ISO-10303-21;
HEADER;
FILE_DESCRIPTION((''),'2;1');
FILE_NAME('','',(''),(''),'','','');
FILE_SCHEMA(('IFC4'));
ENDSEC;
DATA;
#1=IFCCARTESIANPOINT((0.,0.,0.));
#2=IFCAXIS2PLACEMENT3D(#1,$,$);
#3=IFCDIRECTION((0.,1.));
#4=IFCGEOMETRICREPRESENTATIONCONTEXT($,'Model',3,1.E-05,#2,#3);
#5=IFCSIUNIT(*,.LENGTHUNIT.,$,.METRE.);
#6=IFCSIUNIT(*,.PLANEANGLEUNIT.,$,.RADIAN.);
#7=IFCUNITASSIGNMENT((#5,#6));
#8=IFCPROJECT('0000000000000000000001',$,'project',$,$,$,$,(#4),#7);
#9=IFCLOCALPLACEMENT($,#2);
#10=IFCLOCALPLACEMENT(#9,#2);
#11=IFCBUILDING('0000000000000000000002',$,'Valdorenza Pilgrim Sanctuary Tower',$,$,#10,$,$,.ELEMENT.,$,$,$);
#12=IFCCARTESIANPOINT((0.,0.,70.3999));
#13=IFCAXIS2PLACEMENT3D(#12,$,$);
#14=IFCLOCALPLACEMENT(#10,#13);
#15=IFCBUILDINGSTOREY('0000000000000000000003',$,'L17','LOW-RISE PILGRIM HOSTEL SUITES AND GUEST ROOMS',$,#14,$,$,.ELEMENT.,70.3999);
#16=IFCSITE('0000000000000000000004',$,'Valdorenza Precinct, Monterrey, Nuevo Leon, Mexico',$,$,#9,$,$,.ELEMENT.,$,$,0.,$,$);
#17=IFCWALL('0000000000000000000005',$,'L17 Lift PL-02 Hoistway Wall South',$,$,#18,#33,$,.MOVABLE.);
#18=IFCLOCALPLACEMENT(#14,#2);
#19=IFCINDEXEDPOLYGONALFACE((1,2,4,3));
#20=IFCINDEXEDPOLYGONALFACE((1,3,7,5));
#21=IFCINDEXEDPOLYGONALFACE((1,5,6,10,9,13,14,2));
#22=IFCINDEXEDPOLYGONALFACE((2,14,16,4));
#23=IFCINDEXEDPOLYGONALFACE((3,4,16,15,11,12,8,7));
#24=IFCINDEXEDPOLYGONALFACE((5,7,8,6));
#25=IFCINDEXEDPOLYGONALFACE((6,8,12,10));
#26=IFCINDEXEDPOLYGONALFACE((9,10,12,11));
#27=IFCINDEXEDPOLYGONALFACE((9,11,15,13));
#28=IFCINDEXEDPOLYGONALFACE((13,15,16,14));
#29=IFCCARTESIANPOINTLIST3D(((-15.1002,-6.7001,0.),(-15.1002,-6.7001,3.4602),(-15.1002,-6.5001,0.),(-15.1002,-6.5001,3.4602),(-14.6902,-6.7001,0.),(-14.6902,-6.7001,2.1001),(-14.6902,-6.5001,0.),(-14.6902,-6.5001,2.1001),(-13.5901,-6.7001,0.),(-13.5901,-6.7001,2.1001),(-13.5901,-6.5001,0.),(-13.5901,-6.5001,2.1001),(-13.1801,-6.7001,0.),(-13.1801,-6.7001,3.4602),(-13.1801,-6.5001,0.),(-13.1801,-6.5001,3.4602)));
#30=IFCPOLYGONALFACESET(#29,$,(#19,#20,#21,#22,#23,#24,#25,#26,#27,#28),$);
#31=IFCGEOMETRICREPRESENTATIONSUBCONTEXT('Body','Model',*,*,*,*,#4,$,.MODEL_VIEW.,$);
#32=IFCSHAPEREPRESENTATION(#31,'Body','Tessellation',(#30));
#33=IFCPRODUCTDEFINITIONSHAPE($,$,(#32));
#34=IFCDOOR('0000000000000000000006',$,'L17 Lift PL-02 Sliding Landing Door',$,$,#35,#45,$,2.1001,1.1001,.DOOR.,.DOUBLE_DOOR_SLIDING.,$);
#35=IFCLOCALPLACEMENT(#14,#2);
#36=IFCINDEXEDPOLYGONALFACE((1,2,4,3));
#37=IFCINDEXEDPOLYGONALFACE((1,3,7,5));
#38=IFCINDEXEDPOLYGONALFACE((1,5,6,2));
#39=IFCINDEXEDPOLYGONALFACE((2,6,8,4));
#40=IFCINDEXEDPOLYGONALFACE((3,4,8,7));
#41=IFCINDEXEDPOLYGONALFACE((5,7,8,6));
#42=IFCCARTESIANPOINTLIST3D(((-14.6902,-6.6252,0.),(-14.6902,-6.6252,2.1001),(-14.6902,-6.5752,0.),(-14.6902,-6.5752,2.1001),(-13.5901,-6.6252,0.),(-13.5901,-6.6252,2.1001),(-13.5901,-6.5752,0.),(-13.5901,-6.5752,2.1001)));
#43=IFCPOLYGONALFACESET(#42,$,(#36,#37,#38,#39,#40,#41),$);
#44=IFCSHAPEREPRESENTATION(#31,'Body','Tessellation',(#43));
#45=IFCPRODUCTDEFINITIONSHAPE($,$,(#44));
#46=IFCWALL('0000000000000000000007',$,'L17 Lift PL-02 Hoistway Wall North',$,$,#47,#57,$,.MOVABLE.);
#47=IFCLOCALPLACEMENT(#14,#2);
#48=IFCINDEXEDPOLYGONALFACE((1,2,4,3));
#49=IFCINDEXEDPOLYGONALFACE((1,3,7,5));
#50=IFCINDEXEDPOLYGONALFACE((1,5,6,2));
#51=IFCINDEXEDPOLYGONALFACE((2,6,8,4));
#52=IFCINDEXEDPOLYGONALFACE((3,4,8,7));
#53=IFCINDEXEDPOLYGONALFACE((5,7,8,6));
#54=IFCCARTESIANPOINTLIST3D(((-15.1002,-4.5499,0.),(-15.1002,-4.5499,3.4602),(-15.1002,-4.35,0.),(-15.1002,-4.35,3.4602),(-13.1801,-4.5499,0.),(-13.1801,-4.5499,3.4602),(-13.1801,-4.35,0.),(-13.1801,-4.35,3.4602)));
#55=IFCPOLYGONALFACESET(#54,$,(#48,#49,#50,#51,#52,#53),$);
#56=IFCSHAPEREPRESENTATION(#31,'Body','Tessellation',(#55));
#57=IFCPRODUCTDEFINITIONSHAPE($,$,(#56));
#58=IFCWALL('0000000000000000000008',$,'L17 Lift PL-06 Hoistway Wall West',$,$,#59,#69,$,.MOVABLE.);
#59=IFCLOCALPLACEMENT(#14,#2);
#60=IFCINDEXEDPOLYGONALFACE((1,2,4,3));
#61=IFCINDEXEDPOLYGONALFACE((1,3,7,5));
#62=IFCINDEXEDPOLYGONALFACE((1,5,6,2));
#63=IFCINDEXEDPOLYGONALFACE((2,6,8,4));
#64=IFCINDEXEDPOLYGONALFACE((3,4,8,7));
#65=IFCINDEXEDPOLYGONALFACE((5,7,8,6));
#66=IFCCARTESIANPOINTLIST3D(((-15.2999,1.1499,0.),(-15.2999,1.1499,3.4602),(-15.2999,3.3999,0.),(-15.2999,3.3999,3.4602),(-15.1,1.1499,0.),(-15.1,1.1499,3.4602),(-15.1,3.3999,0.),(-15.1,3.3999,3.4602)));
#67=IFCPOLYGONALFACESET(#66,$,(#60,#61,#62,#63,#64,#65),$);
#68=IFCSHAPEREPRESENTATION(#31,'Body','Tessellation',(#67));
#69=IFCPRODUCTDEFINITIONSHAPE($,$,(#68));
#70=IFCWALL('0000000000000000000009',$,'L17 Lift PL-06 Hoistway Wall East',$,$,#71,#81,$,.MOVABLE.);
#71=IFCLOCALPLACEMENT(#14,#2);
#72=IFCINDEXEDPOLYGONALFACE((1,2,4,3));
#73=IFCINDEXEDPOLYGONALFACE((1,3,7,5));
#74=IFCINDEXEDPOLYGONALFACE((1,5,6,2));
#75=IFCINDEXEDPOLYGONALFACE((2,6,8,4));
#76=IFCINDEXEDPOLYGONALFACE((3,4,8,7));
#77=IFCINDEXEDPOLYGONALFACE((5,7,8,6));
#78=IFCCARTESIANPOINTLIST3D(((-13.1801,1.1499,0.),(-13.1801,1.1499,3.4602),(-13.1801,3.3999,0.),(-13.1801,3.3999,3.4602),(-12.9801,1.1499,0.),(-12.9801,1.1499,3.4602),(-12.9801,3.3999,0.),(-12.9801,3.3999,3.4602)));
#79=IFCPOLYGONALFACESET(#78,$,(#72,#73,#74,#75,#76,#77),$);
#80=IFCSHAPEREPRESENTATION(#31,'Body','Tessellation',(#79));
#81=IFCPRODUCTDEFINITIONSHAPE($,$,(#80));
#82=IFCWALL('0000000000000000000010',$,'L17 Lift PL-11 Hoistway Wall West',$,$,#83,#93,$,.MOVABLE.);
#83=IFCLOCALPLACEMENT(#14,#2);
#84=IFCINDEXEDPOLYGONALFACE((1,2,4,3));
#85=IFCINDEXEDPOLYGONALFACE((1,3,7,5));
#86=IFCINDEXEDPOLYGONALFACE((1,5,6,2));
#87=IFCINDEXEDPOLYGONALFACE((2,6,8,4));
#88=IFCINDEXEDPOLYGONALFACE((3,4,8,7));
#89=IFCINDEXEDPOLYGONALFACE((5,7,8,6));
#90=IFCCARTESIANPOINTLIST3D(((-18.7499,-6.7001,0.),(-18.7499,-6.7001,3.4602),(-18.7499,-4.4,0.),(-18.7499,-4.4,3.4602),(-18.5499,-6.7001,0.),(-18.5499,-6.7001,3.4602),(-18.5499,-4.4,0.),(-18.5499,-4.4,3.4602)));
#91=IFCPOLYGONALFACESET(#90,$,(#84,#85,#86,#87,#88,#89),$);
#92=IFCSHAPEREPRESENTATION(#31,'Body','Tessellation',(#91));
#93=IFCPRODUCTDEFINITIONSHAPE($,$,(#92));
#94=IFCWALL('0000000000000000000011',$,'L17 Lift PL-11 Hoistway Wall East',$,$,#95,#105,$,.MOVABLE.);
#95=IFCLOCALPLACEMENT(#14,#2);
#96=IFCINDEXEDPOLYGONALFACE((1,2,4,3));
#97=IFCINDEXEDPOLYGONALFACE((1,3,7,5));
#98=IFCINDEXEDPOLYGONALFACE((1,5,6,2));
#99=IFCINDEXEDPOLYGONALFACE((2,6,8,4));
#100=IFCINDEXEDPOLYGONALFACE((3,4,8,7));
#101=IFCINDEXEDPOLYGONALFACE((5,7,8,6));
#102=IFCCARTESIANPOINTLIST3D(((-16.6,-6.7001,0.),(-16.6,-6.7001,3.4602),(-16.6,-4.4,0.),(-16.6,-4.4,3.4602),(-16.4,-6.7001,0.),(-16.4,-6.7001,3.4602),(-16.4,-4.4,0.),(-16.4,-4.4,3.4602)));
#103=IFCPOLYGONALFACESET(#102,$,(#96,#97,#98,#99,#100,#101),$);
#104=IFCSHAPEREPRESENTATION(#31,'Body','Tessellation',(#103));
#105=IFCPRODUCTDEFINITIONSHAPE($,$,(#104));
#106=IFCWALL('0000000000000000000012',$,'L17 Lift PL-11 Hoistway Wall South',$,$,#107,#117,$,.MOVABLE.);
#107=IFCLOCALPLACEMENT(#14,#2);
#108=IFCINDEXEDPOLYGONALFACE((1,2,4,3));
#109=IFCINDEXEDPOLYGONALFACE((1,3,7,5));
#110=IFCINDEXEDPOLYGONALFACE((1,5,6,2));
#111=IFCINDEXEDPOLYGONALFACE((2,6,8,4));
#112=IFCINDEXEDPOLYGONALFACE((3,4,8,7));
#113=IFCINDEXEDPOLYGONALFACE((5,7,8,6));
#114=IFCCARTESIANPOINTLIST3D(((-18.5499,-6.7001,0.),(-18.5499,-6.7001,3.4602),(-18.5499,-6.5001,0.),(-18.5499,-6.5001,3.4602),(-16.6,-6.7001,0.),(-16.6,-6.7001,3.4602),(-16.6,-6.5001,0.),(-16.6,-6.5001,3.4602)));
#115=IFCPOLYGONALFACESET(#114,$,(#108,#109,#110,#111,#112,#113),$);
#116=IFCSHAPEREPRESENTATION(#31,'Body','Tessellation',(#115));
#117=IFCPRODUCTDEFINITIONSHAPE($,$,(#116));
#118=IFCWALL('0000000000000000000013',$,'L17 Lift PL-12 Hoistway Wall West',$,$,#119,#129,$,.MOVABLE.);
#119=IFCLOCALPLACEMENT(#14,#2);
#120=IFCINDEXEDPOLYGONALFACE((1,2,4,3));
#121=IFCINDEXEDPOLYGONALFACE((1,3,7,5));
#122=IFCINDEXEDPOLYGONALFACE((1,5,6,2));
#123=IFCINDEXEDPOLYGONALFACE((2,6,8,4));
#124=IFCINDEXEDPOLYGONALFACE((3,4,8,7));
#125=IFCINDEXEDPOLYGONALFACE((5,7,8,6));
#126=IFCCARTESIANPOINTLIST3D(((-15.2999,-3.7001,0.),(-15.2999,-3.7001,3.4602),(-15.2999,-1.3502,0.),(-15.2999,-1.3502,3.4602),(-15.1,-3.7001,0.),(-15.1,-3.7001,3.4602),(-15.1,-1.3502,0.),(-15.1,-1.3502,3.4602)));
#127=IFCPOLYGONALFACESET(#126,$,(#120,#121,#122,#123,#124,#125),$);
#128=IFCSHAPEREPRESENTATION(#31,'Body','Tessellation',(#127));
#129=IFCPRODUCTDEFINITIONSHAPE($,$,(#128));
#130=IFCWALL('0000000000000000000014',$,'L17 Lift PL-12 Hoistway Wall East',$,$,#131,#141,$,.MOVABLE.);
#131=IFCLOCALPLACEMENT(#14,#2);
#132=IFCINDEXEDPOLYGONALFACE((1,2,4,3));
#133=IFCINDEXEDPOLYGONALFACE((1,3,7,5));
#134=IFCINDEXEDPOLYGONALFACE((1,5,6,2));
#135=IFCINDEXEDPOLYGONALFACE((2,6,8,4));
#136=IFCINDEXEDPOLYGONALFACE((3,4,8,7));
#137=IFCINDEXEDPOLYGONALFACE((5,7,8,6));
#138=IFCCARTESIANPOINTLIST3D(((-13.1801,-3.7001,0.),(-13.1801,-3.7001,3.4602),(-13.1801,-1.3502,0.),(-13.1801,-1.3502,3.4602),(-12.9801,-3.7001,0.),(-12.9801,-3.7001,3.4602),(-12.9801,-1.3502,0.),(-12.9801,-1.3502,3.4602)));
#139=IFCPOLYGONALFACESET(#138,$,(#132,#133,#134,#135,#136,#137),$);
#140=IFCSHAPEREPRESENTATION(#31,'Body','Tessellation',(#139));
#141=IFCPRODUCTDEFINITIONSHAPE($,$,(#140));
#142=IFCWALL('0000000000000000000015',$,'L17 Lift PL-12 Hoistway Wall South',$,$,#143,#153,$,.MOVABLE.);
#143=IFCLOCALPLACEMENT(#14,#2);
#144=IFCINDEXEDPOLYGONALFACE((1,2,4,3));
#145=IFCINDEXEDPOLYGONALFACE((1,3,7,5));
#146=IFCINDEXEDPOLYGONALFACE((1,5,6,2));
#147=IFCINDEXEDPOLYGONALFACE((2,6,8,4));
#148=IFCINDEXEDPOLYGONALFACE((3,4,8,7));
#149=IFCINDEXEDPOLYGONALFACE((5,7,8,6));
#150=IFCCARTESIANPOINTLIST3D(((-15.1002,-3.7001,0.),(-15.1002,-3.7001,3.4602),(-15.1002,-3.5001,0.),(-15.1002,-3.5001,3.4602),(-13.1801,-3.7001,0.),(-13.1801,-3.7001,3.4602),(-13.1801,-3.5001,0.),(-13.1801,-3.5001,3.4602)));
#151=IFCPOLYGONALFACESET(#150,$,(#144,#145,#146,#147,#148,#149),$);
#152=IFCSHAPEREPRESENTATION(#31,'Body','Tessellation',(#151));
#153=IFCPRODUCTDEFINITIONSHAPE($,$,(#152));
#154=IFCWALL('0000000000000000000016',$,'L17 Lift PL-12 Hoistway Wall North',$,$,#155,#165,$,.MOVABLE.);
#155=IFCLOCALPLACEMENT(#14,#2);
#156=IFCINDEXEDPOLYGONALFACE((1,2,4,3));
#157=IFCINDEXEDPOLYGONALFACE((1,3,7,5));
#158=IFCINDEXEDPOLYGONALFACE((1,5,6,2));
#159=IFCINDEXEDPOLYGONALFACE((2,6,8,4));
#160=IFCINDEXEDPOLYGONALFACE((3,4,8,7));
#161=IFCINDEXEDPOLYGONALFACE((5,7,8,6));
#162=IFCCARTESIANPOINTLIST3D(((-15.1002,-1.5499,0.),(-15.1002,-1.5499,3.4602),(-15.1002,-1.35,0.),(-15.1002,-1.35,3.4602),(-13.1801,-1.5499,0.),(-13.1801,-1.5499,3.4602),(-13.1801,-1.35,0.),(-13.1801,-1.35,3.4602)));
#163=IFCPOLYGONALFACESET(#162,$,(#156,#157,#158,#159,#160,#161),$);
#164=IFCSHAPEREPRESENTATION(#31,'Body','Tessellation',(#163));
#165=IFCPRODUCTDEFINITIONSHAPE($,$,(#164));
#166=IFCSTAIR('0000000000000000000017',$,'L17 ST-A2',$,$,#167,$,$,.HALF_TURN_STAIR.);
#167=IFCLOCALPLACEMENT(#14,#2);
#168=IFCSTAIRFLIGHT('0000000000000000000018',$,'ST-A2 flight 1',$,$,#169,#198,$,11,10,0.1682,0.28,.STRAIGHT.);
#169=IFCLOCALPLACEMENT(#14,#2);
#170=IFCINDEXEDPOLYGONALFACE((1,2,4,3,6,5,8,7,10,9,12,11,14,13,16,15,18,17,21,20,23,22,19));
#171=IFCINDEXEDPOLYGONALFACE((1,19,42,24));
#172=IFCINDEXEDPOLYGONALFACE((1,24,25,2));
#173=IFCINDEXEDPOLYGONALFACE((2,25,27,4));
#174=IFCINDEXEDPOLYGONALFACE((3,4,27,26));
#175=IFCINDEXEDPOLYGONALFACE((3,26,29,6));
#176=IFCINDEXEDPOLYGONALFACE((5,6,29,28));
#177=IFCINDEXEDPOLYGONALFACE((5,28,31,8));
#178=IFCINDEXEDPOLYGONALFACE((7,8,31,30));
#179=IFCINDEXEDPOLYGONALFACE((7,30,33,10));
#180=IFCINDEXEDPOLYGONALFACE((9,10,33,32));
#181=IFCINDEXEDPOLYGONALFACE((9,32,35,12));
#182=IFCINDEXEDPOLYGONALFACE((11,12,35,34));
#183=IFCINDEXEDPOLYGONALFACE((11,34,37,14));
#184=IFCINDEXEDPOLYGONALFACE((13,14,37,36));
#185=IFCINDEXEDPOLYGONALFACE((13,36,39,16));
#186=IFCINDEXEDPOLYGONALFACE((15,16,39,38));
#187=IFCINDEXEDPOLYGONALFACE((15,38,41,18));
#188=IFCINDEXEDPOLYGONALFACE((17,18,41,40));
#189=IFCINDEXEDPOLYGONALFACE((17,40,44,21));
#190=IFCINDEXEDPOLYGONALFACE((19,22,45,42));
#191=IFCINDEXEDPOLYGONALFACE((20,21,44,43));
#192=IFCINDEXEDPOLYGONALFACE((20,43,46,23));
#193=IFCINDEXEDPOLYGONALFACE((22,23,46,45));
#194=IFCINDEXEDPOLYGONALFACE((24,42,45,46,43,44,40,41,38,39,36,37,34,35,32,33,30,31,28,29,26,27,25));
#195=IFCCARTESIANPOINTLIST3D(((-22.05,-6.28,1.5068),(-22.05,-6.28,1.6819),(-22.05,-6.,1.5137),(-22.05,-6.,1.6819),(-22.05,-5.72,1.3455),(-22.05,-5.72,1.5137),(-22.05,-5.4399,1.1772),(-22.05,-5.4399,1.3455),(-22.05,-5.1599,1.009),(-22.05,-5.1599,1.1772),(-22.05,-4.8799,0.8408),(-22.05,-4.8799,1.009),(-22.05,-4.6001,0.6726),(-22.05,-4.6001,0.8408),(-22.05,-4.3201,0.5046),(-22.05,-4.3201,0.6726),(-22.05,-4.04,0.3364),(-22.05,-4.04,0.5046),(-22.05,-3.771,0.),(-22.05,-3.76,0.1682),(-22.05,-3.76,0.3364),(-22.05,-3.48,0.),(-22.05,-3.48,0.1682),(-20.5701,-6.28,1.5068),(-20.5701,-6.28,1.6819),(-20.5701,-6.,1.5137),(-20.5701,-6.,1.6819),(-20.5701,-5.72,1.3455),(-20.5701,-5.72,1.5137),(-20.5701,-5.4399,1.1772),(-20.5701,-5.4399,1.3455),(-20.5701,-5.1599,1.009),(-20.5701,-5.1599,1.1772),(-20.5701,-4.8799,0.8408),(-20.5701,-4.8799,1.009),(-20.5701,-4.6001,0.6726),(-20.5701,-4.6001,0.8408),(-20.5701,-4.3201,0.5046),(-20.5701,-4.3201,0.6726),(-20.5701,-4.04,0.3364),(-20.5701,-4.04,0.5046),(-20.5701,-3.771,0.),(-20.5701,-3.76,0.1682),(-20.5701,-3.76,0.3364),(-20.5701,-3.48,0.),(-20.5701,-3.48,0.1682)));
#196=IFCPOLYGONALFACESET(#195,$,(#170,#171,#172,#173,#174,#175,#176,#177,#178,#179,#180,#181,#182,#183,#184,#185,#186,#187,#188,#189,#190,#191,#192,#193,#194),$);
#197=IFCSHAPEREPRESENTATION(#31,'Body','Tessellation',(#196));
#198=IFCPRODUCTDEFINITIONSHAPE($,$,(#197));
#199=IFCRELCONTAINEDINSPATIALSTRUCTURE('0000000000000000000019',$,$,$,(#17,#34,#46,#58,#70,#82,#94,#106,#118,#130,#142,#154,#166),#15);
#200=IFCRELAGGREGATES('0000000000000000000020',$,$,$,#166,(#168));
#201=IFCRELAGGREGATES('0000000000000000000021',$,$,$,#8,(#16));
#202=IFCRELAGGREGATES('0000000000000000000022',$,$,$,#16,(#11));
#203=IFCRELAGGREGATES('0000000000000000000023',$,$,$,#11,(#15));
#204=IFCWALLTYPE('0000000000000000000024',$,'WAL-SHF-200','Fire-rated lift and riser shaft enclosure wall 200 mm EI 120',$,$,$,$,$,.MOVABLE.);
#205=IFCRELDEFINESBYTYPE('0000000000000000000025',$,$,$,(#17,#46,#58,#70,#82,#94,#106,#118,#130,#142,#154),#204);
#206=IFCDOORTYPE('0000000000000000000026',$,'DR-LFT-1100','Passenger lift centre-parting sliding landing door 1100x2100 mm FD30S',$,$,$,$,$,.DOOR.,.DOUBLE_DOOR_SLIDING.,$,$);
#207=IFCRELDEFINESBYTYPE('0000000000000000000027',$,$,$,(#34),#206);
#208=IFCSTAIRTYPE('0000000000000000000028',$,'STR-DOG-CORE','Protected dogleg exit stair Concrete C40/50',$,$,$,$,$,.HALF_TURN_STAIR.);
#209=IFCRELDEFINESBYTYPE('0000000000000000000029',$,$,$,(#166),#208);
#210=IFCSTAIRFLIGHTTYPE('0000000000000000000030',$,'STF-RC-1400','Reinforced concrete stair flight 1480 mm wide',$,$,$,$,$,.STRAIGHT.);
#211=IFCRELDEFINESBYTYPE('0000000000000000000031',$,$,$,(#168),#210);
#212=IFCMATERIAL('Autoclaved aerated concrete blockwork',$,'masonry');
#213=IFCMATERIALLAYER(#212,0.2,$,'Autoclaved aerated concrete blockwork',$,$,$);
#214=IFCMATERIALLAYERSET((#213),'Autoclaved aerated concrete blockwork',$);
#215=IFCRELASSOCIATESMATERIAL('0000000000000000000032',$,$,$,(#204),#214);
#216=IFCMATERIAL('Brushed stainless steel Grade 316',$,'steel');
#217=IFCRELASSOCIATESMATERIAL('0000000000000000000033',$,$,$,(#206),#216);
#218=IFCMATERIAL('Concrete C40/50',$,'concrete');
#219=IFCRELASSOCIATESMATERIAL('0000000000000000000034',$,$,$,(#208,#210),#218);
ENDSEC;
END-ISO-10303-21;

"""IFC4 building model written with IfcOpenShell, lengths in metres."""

from ifc_helpers import new_model, si_unit, direction, frame, frame_2d, origin, place, context, subcontext, project, spatial, polyline, rectangle, outline, extrude, material, layer, layer_set, type_object, element, fill, aggregate, save


model = new_model("IFC4")

# Units and contexts
model_context = context("Model", 3, precision=1e-05, world=origin(), true_north=direction((0.0, 1.0)))
body_context = subcontext(model_context, "Body", "Model", "MODEL_VIEW")
ifc_project = project(units=[si_unit("LENGTHUNIT", "METRE"), si_unit("PLANEANGLEUNIT", "RADIAN")], contexts=[model_context])

# Site, building, storey
site_placement = place(None, origin())
site = spatial("IfcSite", under=ifc_project, at=site_placement, Name="Valdorenza Precinct, Monterrey, Nuevo Leon, Mexico", CompositionType="ELEMENT", RefElevation=0.0)
building_placement = place(site_placement, origin())
building = spatial("IfcBuilding", under=site, at=building_placement, Name="Valdorenza Pilgrim Sanctuary Tower", CompositionType="ELEMENT")
storey_placement = place(building_placement, frame((0.0, 0.0, 70.3999)))
storey = spatial("IfcBuildingStorey", under=building, at=storey_placement, Name="L17", Description="LOW-RISE PILGRIM HOSTEL SUITES AND GUEST ROOMS", CompositionType="ELEMENT", Elevation=70.3999)

# Shared definitions
ifc_material_1 = material(Name="Autoclaved aerated concrete blockwork", Category="masonry")
ifc_layer_1 = layer(ifc_material_1, 0.2, Name="Autoclaved aerated concrete blockwork")
ifc_layer_set_1 = layer_set([ifc_layer_1], Name="Autoclaved aerated concrete blockwork")
wall_type_1 = type_object("IfcWallType", Name="WAL-SHF-200", Description="Fire-rated lift and riser shaft enclosure wall 200 mm EI 120", PredefinedType="MOVABLE", material=ifc_layer_set_1)

# Shared definitions
ifc_material_2 = material(Name="Brushed stainless steel Grade 316", Category="steel")

# Wall, opening, door
wall_1_placement = place(storey_placement, frame((-15.1001, -6.6001, 0.0), z_axis=(0.0, 0.0, 1.0), x_axis=(1.0, 0.0, 0.0)))
wall_1 = element("IfcWall", 1, at=wall_1_placement, inside=storey, type_object=wall_type_1, Name="L17 Lift PL-02 Hoistway Wall South", PredefinedType="MOVABLE", context=body_context, shape_type="SweptSolid", body=[
    extrude(rectangle(XDim=1.9202, YDim=0.2, at=frame_2d((0.96, 0.0))), origin(), (0.0, 0.0, 1.0), 3.4602),
])
opening_1_placement = place(wall_1_placement, frame((0.4099, 0.0, 0.0)))
opening_1 = element("IfcOpeningElement", 2, at=opening_1_placement, cuts=wall_1, PredefinedType="OPENING", context=body_context, shape_type="SweptSolid", body=[
    extrude(rectangle(XDim=1.1001, YDim=2.1001, at=frame_2d((0.55, 1.05))), frame((0.0, 0.1147, 0.0), z_axis=(0.0, -1.0, 0.0), x_axis=(1.0, 0.0, 0.0)), (0.0, 0.0, 1.0), 0.2297),
])
door_type_1 = type_object("IfcDoorType", Name="DR-LFT-1100", Description="Passenger lift centre-parting sliding landing door 1100x2100 mm FD30S", OperationType="DOUBLE_DOOR_SLIDING", PredefinedType="DOOR", material=ifc_material_2)
door_1_placement = place(opening_1_placement, origin())
door_1 = element("IfcDoor", 3, at=door_1_placement, inside=storey, type_object=door_type_1, Name="L17 Lift PL-02 Sliding Landing Door", OperationType="DOUBLE_DOOR_SLIDING", OverallHeight=2.1001, OverallWidth=1.1001, PredefinedType="DOOR", context=body_context, shape_type="SweptSolid", body=[
    extrude(rectangle(XDim=1.1001, YDim=2.1001, at=frame_2d((0.55, 1.05))), frame((0.0, 0.0249, 0.0), z_axis=(0.0, -1.0, 0.0), x_axis=(1.0, 0.0, 0.0)), (0.0, 0.0, 1.0), 0.05),
])
fill(opening_1, door_1)

# Walls
wall_2_placement = place(storey_placement, frame((-15.1001, -4.45, 0.0), z_axis=(0.0, 0.0, 1.0), x_axis=(1.0, 0.0, 0.0)))
element("IfcWall", 4, at=wall_2_placement, inside=storey, type_object=wall_type_1, Name="L17 Lift PL-02 Hoistway Wall North", PredefinedType="MOVABLE", context=body_context, shape_type="SweptSolid", body=[
    extrude(rectangle(XDim=1.9202, YDim=0.2, at=frame_2d((0.96, 0.0))), origin(), (0.0, 0.0, 1.0), 3.4602),
])
for number, where, z_axis, x_axis, name in (
    (5, (-15.2, 1.1499, 0.0), (0.0, 0.0, 1.0), (0.0, 1.0, 0.0), "L17 Lift PL-06 Hoistway Wall West"),
    (6, (-13.0801, 1.1499, 0.0), (0.0, 0.0, 1.0), (0.0, 1.0, 0.0), "L17 Lift PL-06 Hoistway Wall East"),
):
    element("IfcWall", number, at=place(storey_placement, frame(where, z_axis=z_axis, x_axis=x_axis)), inside=storey, type_object=wall_type_1, Name=name, PredefinedType="MOVABLE", context=body_context, shape_type="SweptSolid", body=[
        extrude(rectangle(XDim=2.25, YDim=0.2, at=frame_2d((1.125, 0.0))), origin(), (0.0, 0.0, 1.0), 3.4602),
    ])
for number, where, z_axis, x_axis, name in (
    (7, (-18.6499, -6.7, 0.0), (0.0, 0.0, 1.0), (0.0, 1.0, 0.0), "L17 Lift PL-11 Hoistway Wall West"),
    (8, (-16.5, -6.7, 0.0), (0.0, 0.0, 1.0), (0.0, 1.0, 0.0), "L17 Lift PL-11 Hoistway Wall East"),
):
    element("IfcWall", number, at=place(storey_placement, frame(where, z_axis=z_axis, x_axis=x_axis)), inside=storey, type_object=wall_type_1, Name=name, PredefinedType="MOVABLE", context=body_context, shape_type="SweptSolid", body=[
        extrude(rectangle(XDim=2.3, YDim=0.2, at=frame_2d((1.1499, 0.0))), origin(), (0.0, 0.0, 1.0), 3.4602),
    ])
wall_3_placement = place(storey_placement, frame((-18.55, -6.6001, 0.0), z_axis=(0.0, 0.0, 1.0), x_axis=(1.0, 0.0, 0.0)))
element("IfcWall", 9, at=wall_3_placement, inside=storey, type_object=wall_type_1, Name="L17 Lift PL-11 Hoistway Wall South", PredefinedType="MOVABLE", context=body_context, shape_type="SweptSolid", body=[
    extrude(rectangle(XDim=1.95, YDim=0.2, at=frame_2d((0.9751, 0.0))), origin(), (0.0, 0.0, 1.0), 3.4602),
])
for number, where, z_axis, x_axis, name in (
    (10, (-15.2, -3.7, 0.0), (0.0, 0.0, 1.0), (0.0, 1.0, 0.0), "L17 Lift PL-12 Hoistway Wall West"),
    (11, (-13.0801, -3.7, 0.0), (0.0, 0.0, 1.0), (0.0, 1.0, 0.0), "L17 Lift PL-12 Hoistway Wall East"),
):
    element("IfcWall", number, at=place(storey_placement, frame(where, z_axis=z_axis, x_axis=x_axis)), inside=storey, type_object=wall_type_1, Name=name, PredefinedType="MOVABLE", context=body_context, shape_type="SweptSolid", body=[
        extrude(rectangle(XDim=2.3499, YDim=0.2, at=frame_2d((1.1748, 0.0))), origin(), (0.0, 0.0, 1.0), 3.4602),
    ])
for number, where, z_axis, x_axis, name in (
    (12, (-15.1001, -3.6001, 0.0), (0.0, 0.0, 1.0), (1.0, 0.0, 0.0), "L17 Lift PL-12 Hoistway Wall South"),
    (13, (-15.1001, -1.45, 0.0), (0.0, 0.0, 1.0), (1.0, 0.0, 0.0), "L17 Lift PL-12 Hoistway Wall North"),
):
    element("IfcWall", number, at=place(storey_placement, frame(where, z_axis=z_axis, x_axis=x_axis)), inside=storey, type_object=wall_type_1, Name=name, PredefinedType="MOVABLE", context=body_context, shape_type="SweptSolid", body=[
        extrude(rectangle(XDim=1.9202, YDim=0.2, at=frame_2d((0.96, 0.0))), origin(), (0.0, 0.0, 1.0), 3.4602),
    ])

# Shared definitions
ifc_material_3 = material(Name="Concrete C40/50", Category="concrete")

# Stair, stair flight
stair_type = type_object("IfcStairType", Name="STR-DOG-CORE", Description="Protected dogleg exit stair Concrete C40/50", PredefinedType="HALF_TURN_STAIR", material=ifc_material_3)
stair_placement = place(storey_placement, origin())
stair = element("IfcStair", 14, at=stair_placement, inside=storey, type_object=stair_type, Name="L17 ST-A2", PredefinedType="HALF_TURN_STAIR")
stair_flight_type = type_object("IfcStairFlightType", Name="STF-RC-1400", Description="Reinforced concrete stair flight 1480 mm wide", PredefinedType="STRAIGHT", material=ifc_material_3)
stair_flight_1_placement = place(storey_placement, frame((-21.3101, -3.48, 0.0), z_axis=(0.0, 0.0, 1.0), x_axis=(0.0, -1.0, 0.0)))
stair_flight_1 = element("IfcStairFlight", 15, at=stair_flight_1_placement, type_object=stair_flight_type, Name="ST-A2 flight 1", NumberOfRisers=11, NumberOfTreads=10, PredefinedType="STRAIGHT", RiserHeight=0.1682, TreadLength=0.28, context=body_context, shape_type="SweptSolid", body=[
    extrude(outline(polyline([(0.0, 0.0), (0.0, 0.1682), (0.28, 0.1682), (0.28, 0.3364), (0.5601, 0.3364), (0.5601, 0.5046), (0.8401, 0.5046), (0.8401, 0.6726), (1.1201, 0.6726), (1.1201, 0.8408), (1.3999, 0.8408), (1.3999, 1.009), (1.6799, 1.009), (1.6799, 1.1772), (1.96, 1.1772), (1.96, 1.3455), (2.24, 1.3455), (2.24, 1.5137), (2.52, 1.5137), (2.52, 1.6819), (2.8, 1.6819), (2.8, 1.8501), (2.8, 1.5068), (0.291, 0.0), (0.0, 0.0)])), frame((0.0, 0.74, 0.0), z_axis=(0.0, -1.0, 0.0), x_axis=(1.0, 0.0, 0.0)), (0.0, 0.0, 1.0), 1.48),
])
aggregate(stair, [stair_flight_1])

save(model, "model.ifc")
